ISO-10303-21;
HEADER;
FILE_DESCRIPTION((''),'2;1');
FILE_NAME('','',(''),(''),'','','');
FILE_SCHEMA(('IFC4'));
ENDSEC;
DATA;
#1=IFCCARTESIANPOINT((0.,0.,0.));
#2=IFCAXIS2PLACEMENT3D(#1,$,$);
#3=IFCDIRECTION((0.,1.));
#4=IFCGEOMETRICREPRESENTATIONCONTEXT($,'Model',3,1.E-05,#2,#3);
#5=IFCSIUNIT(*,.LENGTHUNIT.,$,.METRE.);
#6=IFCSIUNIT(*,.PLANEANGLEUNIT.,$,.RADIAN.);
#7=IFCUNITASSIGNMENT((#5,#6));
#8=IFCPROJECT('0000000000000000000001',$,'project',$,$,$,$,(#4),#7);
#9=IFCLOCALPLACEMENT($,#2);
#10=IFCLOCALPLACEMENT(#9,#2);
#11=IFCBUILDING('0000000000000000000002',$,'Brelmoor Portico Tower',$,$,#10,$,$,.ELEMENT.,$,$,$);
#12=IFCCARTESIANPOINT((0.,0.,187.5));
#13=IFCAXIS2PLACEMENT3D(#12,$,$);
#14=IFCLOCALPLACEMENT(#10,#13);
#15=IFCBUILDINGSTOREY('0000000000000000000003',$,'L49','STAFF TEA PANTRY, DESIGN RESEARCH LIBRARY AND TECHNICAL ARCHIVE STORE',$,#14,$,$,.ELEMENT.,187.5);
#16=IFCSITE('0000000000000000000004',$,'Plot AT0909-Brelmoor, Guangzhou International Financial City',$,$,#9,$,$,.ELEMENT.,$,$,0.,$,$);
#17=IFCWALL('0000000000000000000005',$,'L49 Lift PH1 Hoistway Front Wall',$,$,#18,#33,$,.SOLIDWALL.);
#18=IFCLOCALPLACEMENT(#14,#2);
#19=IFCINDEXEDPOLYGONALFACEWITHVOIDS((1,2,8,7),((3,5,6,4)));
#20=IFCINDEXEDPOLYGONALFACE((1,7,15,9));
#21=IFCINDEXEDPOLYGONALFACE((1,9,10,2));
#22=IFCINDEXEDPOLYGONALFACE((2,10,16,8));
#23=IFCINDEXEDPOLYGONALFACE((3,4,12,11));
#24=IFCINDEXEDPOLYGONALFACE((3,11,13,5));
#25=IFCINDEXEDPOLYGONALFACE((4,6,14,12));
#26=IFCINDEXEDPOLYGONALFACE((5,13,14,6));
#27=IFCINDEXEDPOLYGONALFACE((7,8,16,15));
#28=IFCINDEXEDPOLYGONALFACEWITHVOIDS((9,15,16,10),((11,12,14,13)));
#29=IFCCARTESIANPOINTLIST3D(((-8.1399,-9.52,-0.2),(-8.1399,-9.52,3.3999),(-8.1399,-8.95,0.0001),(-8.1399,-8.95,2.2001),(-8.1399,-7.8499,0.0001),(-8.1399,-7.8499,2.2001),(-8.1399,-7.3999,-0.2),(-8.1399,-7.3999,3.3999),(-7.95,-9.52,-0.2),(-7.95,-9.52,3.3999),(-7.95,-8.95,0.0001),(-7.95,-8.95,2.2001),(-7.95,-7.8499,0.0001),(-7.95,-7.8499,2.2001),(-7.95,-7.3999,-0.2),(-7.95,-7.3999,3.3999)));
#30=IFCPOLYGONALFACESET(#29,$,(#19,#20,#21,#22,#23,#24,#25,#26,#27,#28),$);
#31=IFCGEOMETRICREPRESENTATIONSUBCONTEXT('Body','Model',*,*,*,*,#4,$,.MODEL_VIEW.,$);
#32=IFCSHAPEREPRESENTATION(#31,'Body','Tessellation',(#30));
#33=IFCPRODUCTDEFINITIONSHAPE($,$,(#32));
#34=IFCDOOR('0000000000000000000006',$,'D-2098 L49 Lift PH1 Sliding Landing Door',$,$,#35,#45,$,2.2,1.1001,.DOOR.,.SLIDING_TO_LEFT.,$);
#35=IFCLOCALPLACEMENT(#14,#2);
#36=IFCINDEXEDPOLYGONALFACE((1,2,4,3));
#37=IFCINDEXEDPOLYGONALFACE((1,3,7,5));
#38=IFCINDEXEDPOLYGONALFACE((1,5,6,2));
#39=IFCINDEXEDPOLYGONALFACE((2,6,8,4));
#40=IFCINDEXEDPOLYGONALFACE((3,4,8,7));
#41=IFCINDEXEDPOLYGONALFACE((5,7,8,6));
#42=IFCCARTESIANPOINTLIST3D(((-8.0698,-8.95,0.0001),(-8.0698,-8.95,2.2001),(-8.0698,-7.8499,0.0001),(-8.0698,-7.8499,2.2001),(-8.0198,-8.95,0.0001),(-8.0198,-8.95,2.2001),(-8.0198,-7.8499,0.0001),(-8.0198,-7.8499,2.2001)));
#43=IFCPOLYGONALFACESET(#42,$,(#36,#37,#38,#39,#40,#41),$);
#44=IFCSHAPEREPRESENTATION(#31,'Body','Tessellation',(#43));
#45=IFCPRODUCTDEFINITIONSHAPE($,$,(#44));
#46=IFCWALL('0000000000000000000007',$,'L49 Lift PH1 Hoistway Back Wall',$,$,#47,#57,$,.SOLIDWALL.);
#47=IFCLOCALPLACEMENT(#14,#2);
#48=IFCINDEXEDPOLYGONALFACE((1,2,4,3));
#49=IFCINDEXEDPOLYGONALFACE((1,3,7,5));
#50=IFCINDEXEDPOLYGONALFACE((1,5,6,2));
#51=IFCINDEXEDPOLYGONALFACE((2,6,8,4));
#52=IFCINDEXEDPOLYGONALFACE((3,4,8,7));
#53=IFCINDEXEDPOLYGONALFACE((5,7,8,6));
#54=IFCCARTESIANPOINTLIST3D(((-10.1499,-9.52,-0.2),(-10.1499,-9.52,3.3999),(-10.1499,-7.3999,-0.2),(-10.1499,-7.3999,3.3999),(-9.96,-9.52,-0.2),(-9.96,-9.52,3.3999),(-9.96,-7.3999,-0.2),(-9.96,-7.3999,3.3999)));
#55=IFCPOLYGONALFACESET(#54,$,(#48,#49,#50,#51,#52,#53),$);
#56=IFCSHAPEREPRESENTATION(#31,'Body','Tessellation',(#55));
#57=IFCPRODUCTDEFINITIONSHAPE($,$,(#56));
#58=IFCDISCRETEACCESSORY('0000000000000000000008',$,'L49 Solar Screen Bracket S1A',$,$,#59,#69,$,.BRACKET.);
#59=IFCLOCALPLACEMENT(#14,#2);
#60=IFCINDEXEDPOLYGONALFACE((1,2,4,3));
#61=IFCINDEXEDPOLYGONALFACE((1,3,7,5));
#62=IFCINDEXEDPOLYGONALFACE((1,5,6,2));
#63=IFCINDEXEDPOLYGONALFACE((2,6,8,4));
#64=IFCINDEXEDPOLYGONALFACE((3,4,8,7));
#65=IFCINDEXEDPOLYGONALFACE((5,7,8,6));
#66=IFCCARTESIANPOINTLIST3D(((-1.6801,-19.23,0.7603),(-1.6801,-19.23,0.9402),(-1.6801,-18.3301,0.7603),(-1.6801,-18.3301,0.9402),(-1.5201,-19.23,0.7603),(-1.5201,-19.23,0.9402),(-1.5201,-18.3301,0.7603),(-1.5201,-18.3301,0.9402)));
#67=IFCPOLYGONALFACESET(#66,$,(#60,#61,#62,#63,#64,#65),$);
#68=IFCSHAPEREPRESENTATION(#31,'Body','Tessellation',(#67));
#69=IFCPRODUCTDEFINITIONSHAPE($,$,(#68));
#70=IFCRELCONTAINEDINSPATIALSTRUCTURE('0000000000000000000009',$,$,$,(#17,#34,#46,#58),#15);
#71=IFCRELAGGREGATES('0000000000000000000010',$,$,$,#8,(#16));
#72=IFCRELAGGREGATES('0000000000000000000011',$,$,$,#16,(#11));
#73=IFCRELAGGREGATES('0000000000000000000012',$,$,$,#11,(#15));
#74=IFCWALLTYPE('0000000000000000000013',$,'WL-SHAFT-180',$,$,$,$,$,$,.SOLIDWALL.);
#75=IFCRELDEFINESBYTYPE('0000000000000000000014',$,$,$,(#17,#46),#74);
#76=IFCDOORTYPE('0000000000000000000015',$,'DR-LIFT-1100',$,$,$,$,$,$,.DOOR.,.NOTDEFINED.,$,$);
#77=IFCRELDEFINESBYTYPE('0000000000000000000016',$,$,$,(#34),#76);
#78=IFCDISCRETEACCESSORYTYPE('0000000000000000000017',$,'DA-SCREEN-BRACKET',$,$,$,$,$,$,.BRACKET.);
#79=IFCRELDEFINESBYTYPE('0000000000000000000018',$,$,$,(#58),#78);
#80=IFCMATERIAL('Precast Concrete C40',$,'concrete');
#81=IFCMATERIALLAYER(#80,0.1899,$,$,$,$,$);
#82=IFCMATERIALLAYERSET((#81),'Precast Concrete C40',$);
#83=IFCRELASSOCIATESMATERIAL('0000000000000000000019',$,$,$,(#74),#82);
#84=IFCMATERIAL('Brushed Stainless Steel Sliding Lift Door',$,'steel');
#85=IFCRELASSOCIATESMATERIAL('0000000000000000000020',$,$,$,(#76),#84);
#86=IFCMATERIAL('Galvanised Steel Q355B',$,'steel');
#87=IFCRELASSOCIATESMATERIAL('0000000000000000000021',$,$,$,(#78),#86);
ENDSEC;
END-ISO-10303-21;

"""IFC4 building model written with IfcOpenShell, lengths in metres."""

from ifc_helpers import new_model, si_unit, direction, frame, frame_2d, origin, origin_2d, place, context, subcontext, project, spatial, rectangle, extrude, material, layer, layer_set, type_object, element, fill, save


model = new_model("IFC4")

# Units and contexts
model_context = context("Model", 3, precision=1e-05, world=origin(), true_north=direction((0.0, 1.0)))
body_context = subcontext(model_context, "Body", "Model", "MODEL_VIEW")
ifc_project = project(units=[si_unit("LENGTHUNIT", "METRE"), si_unit("PLANEANGLEUNIT", "RADIAN")], contexts=[model_context])

# Site, building, storey
site_placement = place(None, origin())
site = spatial("IfcSite", under=ifc_project, at=site_placement, Name="Plot AT0909-Brelmoor, Guangzhou International Financial City", CompositionType="ELEMENT", RefElevation=0.0)
building_placement = place(site_placement, origin())
building = spatial("IfcBuilding", under=site, at=building_placement, Name="Brelmoor Portico Tower", CompositionType="ELEMENT")
storey_placement = place(building_placement, frame((0.0, 0.0, 187.5)))
storey = spatial("IfcBuildingStorey", under=building, at=storey_placement, Name="L49", Description="STAFF TEA PANTRY, DESIGN RESEARCH LIBRARY AND TECHNICAL ARCHIVE STORE", CompositionType="ELEMENT", Elevation=187.5)

# Wall, opening, door
ifc_material_1 = material(Name="Precast Concrete C40", Category="concrete")
ifc_layer_1 = layer(ifc_material_1, 0.1899)
ifc_layer_set_1 = layer_set([ifc_layer_1], Name="Precast Concrete C40")
wall_type_1 = type_object("IfcWallType", Name="WL-SHAFT-180", PredefinedType="SOLIDWALL", material=ifc_layer_set_1)
wall_1_placement = place(storey_placement, frame((-8.0449, -9.52, -0.2), z_axis=(0.0, 0.0, 1.0), x_axis=(0.0, 1.0, 0.0)))
wall_1 = element("IfcWall", 1, at=wall_1_placement, inside=storey, type_object=wall_type_1, Name="L49 Lift PH1 Hoistway Front Wall", PredefinedType="SOLIDWALL", context=body_context, shape_type="SweptSolid", body=[
    extrude(rectangle(XDim=2.1201, YDim=0.1899, at=frame_2d((1.0601, 0.0))), origin(), (0.0, 0.0, 1.0), 3.5999),
])
opening_1_placement = place(wall_1_placement, frame((0.5701, 0.0, 0.2)))
opening_1 = element("IfcOpeningElement", 2, at=opening_1_placement, cuts=wall_1, PredefinedType="OPENING", context=body_context, shape_type="SweptSolid", body=[
    extrude(rectangle(XDim=1.1001, YDim=2.2, at=frame_2d((0.55, 1.1001))), frame((0.0, 0.105, 0.0), z_axis=(0.0, -1.0, 0.0), x_axis=(1.0, 0.0, 0.0)), (0.0, 0.0, 1.0), 0.21),
])
ifc_material_2 = material(Name="Brushed Stainless Steel Sliding Lift Door", Category="steel")
door_type_1 = type_object("IfcDoorType", Name="DR-LIFT-1100", OperationType="NOTDEFINED", PredefinedType="DOOR", material=ifc_material_2)
door_1_placement = place(opening_1_placement, origin())
door_1 = element("IfcDoor", 3, at=door_1_placement, inside=storey, type_object=door_type_1, Name="D-2098 L49 Lift PH1 Sliding Landing Door", OperationType="SLIDING_TO_LEFT", OverallHeight=2.2, OverallWidth=1.1001, PredefinedType="DOOR", context=body_context, shape_type="SweptSolid", body=[
    extrude(rectangle(XDim=1.1001, YDim=2.2, at=frame_2d((0.55, 1.1001))), frame((0.0, 0.0249, 0.0), z_axis=(0.0, -1.0, 0.0), x_axis=(1.0, 0.0, 0.0)), (0.0, 0.0, 1.0), 0.05),
])
fill(opening_1, door_1)

# Wall
wall_2_placement = place(storey_placement, frame((-10.0549, -9.52, -0.2), z_axis=(0.0, 0.0, 1.0), x_axis=(0.0, 1.0, 0.0)))
element("IfcWall", 4, at=wall_2_placement, inside=storey, type_object=wall_type_1, Name="L49 Lift PH1 Hoistway Back Wall", PredefinedType="SOLIDWALL", context=body_context, shape_type="SweptSolid", body=[
    extrude(rectangle(XDim=2.1201, YDim=0.1899, at=frame_2d((1.0601, 0.0))), origin(), (0.0, 0.0, 1.0), 3.5999),
])

# Discrete accessory
ifc_material_3 = material(Name="Galvanised Steel Q355B", Category="steel")
discrete_accessory_type = type_object("IfcDiscreteAccessoryType", Name="DA-SCREEN-BRACKET", PredefinedType="BRACKET", material=ifc_material_3)
discrete_accessory_placement = place(storey_placement, frame((-1.6001, -18.78, 0.7603), z_axis=(0.0, 0.0, 1.0), x_axis=(1.0, 0.0, 0.0)))
element("IfcDiscreteAccessory", 5, at=discrete_accessory_placement, inside=storey, type_object=discrete_accessory_type, Name="L49 Solar Screen Bracket S1A", PredefinedType="BRACKET", context=body_context, shape_type="SweptSolid", body=[
    extrude(rectangle(XDim=0.1599, YDim=0.8999, at=origin_2d()), origin(), (0.0, 0.0, 1.0), 0.1799),
])

save(model, "model.ifc")
